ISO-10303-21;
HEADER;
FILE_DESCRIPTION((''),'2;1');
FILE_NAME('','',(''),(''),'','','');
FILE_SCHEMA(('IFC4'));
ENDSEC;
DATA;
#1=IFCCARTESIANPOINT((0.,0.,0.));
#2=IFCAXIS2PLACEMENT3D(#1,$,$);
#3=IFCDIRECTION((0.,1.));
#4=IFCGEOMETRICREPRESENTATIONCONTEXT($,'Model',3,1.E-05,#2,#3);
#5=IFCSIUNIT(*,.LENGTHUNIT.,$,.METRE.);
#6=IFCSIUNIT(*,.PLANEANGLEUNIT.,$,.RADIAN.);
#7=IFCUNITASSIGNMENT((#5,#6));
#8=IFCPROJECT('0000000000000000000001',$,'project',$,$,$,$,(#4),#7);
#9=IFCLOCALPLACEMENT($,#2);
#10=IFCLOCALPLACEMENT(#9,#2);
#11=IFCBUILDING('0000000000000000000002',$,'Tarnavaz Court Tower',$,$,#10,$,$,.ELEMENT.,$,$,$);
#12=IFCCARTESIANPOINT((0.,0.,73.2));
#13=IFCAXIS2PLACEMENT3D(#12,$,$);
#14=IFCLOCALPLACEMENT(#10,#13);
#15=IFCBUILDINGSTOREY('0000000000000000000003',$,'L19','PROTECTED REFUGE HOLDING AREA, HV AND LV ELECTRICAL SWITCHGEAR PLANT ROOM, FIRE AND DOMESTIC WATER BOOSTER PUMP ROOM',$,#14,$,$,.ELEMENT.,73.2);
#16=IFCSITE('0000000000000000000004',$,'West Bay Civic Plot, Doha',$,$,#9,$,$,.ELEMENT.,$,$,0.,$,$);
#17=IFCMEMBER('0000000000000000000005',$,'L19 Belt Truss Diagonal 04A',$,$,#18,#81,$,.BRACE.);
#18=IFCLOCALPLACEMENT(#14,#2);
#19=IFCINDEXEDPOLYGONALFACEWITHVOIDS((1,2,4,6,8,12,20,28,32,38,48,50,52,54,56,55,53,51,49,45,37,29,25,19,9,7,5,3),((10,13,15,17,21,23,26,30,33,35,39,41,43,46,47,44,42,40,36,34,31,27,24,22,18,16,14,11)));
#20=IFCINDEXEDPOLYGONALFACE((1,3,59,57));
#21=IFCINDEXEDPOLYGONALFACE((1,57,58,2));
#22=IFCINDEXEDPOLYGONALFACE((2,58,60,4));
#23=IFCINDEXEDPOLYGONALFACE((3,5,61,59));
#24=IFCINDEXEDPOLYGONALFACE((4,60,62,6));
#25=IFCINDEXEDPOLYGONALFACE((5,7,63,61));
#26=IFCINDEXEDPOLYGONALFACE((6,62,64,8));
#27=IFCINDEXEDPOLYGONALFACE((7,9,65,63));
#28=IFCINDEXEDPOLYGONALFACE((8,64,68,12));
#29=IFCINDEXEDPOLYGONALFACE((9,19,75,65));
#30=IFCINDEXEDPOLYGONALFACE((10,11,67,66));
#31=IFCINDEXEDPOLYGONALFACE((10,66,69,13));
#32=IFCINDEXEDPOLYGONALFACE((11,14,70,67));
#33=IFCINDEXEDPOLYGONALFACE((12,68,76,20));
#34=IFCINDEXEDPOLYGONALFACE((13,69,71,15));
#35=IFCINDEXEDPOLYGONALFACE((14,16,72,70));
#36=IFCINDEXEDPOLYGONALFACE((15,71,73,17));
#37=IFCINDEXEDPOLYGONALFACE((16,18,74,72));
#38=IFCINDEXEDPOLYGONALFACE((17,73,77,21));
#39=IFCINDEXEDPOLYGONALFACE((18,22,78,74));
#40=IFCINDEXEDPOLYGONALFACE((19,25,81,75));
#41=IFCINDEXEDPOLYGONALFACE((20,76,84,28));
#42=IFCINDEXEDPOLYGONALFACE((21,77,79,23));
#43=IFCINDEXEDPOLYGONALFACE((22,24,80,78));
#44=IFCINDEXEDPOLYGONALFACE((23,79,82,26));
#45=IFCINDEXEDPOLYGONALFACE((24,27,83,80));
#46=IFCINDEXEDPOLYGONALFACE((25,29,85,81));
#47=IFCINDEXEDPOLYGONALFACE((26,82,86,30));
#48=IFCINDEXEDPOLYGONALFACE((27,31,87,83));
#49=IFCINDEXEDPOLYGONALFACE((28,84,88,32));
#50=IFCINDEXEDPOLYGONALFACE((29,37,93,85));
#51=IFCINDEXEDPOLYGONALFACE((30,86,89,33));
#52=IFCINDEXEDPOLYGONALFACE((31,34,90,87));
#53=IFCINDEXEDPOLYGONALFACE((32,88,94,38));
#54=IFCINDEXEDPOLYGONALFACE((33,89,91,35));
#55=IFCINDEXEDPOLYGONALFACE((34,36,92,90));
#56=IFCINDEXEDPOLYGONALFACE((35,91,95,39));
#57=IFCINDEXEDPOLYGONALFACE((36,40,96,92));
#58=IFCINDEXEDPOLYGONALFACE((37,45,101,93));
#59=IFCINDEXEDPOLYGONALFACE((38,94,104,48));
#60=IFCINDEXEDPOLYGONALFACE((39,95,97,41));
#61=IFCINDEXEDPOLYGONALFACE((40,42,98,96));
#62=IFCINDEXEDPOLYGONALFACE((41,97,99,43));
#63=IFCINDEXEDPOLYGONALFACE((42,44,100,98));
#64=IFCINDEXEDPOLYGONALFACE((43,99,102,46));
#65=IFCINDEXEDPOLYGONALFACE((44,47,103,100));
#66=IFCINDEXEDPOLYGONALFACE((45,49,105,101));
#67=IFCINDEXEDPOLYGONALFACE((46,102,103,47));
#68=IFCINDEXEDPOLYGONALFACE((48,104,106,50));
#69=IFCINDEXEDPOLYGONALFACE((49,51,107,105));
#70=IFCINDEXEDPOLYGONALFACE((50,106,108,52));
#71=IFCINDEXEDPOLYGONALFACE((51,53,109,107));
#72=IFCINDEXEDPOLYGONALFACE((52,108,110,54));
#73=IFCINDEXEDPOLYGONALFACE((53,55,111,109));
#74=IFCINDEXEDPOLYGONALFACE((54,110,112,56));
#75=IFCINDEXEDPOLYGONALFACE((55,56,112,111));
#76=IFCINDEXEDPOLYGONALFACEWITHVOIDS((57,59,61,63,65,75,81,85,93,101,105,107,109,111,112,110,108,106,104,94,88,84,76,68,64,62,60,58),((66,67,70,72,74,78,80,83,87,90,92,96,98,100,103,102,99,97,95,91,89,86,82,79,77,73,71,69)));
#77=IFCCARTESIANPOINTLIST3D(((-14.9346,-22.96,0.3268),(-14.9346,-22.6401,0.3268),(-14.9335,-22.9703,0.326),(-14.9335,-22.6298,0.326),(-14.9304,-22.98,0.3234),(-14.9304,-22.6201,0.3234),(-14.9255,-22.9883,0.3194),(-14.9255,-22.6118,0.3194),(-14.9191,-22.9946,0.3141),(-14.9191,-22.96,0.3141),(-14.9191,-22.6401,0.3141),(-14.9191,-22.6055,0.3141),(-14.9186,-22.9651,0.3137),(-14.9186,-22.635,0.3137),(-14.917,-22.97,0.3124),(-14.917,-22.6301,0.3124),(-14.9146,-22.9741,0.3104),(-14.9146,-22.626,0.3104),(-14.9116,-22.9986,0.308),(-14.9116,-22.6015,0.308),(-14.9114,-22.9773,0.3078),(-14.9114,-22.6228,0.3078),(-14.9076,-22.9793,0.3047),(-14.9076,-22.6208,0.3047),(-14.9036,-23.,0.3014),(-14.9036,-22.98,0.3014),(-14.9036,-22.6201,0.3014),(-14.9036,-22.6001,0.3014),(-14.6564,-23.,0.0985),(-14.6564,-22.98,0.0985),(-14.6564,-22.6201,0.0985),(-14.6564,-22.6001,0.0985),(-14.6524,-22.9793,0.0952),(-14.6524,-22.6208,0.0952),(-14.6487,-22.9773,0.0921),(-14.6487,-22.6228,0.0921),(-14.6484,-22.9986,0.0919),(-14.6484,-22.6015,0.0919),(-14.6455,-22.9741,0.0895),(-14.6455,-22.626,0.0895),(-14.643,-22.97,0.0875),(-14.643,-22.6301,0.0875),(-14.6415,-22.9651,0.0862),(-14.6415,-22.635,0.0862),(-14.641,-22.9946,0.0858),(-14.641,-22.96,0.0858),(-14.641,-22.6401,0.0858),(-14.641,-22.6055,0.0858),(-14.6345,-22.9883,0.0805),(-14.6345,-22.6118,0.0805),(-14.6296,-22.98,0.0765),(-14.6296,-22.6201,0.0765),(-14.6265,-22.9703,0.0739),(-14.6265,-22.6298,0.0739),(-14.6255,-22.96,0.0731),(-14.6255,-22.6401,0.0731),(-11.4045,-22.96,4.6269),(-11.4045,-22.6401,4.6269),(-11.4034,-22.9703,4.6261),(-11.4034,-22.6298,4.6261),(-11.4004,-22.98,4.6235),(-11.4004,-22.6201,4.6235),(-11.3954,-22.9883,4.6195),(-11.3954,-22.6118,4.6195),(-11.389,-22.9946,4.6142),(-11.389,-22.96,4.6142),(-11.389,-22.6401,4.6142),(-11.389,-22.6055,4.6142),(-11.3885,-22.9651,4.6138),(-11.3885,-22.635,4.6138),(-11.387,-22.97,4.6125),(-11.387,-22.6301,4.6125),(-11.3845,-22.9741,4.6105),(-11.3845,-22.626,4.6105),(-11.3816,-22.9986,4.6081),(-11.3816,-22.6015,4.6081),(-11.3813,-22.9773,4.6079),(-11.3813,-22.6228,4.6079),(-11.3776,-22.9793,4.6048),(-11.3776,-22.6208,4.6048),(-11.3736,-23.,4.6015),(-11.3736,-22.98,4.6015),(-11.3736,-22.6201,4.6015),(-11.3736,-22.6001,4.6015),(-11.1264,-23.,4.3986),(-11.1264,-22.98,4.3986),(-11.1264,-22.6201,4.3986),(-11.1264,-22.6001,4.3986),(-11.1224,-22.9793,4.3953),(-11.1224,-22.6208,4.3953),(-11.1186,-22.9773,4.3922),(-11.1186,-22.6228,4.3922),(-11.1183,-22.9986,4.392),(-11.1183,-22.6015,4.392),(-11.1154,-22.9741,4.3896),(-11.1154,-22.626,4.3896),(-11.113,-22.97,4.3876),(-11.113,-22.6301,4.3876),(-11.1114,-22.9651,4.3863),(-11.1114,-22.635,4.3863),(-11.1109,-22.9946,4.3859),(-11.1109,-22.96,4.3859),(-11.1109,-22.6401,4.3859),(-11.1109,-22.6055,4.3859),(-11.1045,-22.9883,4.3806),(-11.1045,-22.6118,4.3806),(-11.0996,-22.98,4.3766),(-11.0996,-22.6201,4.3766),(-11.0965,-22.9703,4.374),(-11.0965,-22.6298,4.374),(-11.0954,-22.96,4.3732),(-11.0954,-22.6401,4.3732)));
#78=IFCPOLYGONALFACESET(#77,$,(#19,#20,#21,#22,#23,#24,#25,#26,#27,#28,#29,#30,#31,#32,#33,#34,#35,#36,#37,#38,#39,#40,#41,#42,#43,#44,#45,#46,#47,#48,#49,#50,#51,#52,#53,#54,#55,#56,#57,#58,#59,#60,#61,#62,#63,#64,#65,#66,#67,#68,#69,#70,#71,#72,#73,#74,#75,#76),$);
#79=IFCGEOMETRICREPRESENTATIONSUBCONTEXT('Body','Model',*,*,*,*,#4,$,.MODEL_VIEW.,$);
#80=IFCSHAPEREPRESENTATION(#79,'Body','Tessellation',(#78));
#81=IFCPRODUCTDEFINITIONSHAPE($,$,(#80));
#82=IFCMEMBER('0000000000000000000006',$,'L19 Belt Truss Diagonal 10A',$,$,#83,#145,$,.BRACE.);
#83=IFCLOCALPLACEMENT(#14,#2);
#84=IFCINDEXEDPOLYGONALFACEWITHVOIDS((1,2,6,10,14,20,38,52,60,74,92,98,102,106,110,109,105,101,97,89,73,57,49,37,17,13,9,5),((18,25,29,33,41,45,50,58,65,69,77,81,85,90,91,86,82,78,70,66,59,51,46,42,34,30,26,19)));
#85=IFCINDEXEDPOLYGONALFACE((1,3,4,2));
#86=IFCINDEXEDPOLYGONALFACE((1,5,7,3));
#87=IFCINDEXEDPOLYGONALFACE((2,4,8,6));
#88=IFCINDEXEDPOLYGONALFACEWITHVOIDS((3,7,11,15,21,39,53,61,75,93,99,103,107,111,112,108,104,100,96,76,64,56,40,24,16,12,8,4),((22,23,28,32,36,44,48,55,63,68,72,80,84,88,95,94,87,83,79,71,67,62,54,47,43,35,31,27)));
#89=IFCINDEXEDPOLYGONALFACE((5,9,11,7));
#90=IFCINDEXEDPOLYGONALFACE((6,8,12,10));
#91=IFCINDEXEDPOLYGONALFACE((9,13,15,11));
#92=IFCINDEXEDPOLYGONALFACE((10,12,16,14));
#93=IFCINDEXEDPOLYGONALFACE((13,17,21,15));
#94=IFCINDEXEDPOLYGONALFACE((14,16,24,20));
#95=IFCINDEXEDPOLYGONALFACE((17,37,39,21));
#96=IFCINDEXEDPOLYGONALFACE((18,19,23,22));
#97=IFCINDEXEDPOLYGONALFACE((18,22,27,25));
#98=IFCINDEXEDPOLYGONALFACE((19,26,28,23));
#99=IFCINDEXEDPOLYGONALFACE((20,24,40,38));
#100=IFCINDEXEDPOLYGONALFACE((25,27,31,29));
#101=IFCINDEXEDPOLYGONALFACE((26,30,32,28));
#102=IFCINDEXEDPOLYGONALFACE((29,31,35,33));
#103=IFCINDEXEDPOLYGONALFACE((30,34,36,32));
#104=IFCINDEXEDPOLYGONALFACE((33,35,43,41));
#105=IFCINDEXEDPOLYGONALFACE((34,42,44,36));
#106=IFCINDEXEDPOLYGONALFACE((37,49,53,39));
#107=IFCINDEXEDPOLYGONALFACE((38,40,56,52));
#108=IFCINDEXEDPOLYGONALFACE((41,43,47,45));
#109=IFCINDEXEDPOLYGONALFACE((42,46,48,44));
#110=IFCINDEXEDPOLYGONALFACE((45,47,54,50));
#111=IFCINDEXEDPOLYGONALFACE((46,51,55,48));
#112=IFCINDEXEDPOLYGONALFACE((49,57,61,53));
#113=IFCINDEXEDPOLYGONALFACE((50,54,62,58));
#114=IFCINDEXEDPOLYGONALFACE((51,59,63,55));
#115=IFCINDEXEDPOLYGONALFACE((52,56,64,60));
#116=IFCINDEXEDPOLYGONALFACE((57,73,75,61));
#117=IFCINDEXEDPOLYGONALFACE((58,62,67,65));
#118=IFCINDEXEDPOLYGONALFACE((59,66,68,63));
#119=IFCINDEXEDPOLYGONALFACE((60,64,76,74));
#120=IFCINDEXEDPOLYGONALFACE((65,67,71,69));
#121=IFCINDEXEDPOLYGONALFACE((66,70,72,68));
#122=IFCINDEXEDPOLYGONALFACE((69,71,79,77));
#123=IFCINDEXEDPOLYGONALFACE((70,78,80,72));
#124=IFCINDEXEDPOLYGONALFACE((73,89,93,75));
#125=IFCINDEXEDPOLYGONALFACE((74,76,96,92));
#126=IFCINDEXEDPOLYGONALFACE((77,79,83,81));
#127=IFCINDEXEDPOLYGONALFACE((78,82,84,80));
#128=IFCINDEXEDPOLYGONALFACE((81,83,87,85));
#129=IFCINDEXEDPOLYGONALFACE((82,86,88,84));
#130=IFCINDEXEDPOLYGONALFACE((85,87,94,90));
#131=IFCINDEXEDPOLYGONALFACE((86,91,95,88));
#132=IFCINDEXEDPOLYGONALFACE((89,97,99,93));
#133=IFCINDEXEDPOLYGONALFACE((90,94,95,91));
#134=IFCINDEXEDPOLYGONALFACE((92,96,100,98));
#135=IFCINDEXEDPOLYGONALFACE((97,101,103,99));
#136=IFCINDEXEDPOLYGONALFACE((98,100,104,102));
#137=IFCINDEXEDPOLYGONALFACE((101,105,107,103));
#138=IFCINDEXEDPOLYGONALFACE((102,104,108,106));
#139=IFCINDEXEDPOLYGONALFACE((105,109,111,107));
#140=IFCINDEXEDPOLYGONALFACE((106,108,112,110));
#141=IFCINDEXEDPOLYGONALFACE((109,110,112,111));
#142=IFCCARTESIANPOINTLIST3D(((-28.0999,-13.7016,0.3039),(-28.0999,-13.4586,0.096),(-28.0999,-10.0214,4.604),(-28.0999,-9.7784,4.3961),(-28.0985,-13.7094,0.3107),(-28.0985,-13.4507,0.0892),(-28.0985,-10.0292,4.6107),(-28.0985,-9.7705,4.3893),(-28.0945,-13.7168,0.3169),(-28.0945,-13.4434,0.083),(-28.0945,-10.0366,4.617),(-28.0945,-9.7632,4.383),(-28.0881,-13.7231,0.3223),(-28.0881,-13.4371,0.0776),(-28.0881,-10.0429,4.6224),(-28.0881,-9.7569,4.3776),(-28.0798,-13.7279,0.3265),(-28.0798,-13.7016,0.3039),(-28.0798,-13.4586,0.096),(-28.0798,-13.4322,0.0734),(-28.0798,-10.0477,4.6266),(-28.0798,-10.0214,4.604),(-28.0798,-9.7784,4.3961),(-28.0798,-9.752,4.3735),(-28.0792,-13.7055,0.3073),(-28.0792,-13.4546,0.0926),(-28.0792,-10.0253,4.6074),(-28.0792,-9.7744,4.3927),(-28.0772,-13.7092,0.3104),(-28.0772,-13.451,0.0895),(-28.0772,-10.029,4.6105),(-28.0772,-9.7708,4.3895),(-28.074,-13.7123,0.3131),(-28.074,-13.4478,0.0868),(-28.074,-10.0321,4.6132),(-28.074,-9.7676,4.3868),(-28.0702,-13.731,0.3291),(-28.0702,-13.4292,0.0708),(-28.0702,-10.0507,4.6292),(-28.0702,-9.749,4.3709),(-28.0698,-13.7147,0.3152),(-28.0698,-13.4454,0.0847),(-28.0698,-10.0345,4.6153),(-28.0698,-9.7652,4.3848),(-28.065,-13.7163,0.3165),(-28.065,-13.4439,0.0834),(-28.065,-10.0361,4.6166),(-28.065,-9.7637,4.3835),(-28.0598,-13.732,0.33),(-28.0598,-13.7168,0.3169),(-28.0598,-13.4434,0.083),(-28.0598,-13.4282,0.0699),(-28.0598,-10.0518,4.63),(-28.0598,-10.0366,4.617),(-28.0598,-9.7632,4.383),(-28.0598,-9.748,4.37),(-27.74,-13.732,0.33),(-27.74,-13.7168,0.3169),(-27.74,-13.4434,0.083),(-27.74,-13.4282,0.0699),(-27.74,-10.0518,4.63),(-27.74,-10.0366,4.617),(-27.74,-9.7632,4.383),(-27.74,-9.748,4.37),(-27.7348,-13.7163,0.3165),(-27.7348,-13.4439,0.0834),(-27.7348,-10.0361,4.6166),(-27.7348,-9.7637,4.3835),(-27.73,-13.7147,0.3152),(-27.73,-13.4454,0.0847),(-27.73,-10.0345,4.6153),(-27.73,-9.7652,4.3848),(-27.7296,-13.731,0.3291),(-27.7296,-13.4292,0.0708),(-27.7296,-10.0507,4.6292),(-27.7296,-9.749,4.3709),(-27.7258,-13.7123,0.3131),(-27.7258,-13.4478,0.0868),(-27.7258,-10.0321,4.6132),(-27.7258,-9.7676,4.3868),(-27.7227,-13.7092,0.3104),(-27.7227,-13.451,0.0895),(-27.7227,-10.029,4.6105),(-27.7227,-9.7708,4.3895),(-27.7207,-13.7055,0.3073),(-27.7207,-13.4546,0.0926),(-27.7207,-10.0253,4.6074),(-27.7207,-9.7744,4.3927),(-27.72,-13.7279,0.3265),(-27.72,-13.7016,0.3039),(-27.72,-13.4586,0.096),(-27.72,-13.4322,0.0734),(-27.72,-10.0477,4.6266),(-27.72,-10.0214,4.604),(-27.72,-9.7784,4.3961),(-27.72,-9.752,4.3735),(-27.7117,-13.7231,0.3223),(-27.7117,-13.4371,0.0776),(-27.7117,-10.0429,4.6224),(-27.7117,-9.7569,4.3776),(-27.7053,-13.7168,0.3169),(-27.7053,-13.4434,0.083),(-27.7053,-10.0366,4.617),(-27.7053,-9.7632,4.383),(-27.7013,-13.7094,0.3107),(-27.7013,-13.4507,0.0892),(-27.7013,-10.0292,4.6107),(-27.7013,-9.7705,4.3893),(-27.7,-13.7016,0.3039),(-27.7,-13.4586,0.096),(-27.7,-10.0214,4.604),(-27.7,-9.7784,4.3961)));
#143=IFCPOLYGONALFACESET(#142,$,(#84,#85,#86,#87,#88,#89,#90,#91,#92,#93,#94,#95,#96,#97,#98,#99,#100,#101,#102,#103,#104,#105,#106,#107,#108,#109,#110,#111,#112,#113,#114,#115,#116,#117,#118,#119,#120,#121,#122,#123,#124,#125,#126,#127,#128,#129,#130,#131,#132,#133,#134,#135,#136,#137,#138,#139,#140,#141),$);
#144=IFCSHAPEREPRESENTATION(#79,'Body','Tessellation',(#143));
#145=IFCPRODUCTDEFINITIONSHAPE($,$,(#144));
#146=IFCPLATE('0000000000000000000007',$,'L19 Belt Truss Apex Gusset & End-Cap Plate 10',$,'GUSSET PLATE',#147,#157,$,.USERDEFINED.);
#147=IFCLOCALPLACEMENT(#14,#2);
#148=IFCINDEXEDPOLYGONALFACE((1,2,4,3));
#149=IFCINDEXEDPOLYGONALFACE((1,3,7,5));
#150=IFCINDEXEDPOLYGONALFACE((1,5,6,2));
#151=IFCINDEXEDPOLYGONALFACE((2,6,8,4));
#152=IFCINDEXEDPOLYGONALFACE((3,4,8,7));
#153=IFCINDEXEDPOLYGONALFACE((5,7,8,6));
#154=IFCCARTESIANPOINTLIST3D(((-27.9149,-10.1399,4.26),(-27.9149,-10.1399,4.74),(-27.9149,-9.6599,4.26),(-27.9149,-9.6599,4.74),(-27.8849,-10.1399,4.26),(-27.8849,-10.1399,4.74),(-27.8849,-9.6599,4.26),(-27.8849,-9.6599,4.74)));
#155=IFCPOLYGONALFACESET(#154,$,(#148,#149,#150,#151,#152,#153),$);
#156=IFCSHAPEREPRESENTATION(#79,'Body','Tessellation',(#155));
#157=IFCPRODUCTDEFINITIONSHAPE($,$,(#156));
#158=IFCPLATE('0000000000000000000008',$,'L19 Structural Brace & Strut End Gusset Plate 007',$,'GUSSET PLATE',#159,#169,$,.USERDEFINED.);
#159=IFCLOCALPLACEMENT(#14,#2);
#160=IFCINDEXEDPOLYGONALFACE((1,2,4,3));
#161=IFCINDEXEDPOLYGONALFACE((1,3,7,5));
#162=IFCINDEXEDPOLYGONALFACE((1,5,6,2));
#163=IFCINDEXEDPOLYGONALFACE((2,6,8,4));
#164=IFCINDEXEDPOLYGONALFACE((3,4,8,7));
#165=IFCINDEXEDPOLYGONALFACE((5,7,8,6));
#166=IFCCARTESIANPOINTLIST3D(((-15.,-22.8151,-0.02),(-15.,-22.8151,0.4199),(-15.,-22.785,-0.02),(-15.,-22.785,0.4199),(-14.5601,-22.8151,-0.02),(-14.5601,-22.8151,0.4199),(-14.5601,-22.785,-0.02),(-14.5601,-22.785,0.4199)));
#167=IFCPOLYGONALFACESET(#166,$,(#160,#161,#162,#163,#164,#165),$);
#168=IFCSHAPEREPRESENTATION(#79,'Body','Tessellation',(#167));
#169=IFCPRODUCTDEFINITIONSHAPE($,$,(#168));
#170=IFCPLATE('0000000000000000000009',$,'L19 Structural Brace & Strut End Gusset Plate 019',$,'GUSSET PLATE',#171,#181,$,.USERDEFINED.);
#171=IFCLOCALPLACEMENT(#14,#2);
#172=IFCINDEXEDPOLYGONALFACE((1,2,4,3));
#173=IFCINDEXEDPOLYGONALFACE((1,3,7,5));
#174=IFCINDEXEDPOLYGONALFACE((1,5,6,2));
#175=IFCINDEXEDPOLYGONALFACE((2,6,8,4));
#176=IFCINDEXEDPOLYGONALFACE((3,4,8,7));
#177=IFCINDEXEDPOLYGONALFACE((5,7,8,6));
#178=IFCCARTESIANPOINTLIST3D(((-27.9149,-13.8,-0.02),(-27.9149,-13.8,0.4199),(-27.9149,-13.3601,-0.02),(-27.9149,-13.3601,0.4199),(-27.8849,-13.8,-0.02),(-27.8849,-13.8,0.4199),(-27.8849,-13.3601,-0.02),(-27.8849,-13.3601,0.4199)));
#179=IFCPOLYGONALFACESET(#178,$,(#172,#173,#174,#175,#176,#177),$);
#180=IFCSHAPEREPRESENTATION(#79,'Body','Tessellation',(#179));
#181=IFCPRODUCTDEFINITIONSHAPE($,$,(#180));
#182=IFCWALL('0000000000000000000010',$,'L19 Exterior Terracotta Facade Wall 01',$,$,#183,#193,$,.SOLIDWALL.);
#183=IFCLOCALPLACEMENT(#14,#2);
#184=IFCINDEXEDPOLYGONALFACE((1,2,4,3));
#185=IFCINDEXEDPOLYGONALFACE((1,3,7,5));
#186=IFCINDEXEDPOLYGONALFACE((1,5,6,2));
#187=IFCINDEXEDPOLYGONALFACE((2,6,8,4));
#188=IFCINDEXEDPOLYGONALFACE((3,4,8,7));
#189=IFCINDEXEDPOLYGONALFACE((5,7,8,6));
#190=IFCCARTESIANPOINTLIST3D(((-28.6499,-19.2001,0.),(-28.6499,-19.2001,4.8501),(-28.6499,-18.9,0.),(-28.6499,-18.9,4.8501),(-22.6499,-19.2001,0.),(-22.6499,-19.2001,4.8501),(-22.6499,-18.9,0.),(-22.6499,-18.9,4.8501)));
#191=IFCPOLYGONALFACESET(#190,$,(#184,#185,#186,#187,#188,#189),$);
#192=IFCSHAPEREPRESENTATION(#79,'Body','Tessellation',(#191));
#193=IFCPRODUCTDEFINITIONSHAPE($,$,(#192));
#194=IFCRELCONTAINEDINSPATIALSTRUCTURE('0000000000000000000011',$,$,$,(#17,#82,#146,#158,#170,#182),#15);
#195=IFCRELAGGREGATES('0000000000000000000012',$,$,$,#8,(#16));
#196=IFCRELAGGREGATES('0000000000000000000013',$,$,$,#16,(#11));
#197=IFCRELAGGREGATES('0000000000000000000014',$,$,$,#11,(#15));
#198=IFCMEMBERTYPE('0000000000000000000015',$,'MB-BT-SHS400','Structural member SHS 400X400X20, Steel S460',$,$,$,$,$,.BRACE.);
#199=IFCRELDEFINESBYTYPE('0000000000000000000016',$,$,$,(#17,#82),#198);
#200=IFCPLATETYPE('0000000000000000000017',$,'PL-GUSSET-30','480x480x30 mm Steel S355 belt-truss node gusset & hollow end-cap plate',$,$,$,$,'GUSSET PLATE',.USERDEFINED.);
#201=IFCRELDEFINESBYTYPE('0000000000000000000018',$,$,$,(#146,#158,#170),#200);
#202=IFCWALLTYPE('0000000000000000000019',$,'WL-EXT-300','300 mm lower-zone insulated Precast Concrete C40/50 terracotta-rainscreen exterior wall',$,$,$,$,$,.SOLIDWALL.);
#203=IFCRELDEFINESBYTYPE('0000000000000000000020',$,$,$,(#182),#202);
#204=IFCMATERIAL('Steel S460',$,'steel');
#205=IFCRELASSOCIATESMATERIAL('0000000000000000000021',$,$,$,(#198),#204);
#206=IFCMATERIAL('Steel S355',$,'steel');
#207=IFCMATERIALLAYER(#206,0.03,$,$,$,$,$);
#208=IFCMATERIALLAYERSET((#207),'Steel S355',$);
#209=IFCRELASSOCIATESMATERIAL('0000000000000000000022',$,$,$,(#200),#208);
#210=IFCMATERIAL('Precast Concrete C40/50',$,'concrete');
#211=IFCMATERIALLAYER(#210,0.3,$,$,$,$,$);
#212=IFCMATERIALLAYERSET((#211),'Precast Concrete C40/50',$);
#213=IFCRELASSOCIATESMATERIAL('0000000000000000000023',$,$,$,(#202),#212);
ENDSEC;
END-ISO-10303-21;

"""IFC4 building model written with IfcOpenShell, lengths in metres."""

from ifc_helpers import new_model, si_unit, direction, frame, frame_2d, origin, origin_2d, place, context, subcontext, project, spatial, rectangle, hollow_rectangle, extrude, material, layer, layer_set, material_profile, profile_set, type_object, element, save


model = new_model("IFC4")

# Units and contexts
model_context = context("Model", 3, precision=1e-05, world=origin(), true_north=direction((0.0, 1.0)))
body_context = subcontext(model_context, "Body", "Model", "MODEL_VIEW")
ifc_project = project(units=[si_unit("LENGTHUNIT", "METRE"), si_unit("PLANEANGLEUNIT", "RADIAN")], contexts=[model_context])

# Site, building, storey
site_placement = place(None, origin())
site = spatial("IfcSite", under=ifc_project, at=site_placement, Name="West Bay Civic Plot, Doha", CompositionType="ELEMENT", RefElevation=0.0)
building_placement = place(site_placement, origin())
building = spatial("IfcBuilding", under=site, at=building_placement, Name="Tarnavaz Court Tower", CompositionType="ELEMENT")
storey_placement = place(building_placement, frame((0.0, 0.0, 73.2)))
storey = spatial("IfcBuildingStorey", under=building, at=storey_placement, Name="L19", Description="PROTECTED REFUGE HOLDING AREA, HV AND LV ELECTRICAL SWITCHGEAR PLANT ROOM, FIRE AND DOMESTIC WATER BOOSTER PUMP ROOM", CompositionType="ELEMENT", Elevation=73.2)

# Shared definitions
ifc_material_1 = material(Name="Steel S460", Category="steel")

# Shared definitions
ifc_material_2 = material(Name="Steel S355", Category="steel")

# Members
ifc_material_profile_1 = material_profile(ifc_material_1, hollow_rectangle(XDim=0.3999, YDim=0.3999, WallThickness=0.02, InnerFilletRadius=0.02, OuterFilletRadius=0.04, at=origin_2d()), Name="SHS 400X400X20")
ifc_profile_set_1 = profile_set([ifc_material_profile_1], Name="Steel S460")
member_type_1 = type_object("IfcMemberType", Name="MB-BT-SHS400", Description="Structural member SHS 400X400X20, Steel S460", PredefinedType="BRACE", material=ifc_profile_set_1)
member_1_placement = place(storey_placement, frame((-14.78, -22.8, 0.2), z_axis=(0.634508, 0.0, 0.772916), x_axis=(0.0, 1.0, 0.0)))
element("IfcMember", 1, at=member_1_placement, inside=storey, type_object=member_type_1, Name="L19 Belt Truss Diagonal 04A", PredefinedType="BRACE", context=body_context, shape_type="SweptSolid", body=[
    extrude(hollow_rectangle(XDim=0.3999, YDim=0.3999, WallThickness=0.02, InnerFilletRadius=0.02, OuterFilletRadius=0.04, at=origin_2d()), origin(), (0.0, 0.0, 1.0), 5.5635),
])
member_2_placement = place(storey_placement, frame((-27.8999, -13.5801, 0.2), z_axis=(0.0, 0.650223, 0.759744), x_axis=(-1.0, 0.0, 0.0)))
element("IfcMember", 2, at=member_2_placement, inside=storey, type_object=member_type_1, Name="L19 Belt Truss Diagonal 10A", PredefinedType="BRACE", context=body_context, shape_type="SweptSolid", body=[
    extrude(hollow_rectangle(XDim=0.3999, YDim=0.3999, WallThickness=0.02, InnerFilletRadius=0.02, OuterFilletRadius=0.04, at=origin_2d()), origin(), (0.0, 0.0, 1.0), 5.6599),
])

# Plates
ifc_layer_1 = layer(ifc_material_2, 0.03)
ifc_layer_set_1 = layer_set([ifc_layer_1], Name="Steel S355")
plate_type = type_object("IfcPlateType", Name="PL-GUSSET-30", Description="480x480x30 mm Steel S355 belt-truss node gusset & hollow end-cap plate", ElementType="GUSSET PLATE", PredefinedType="USERDEFINED", material=ifc_layer_set_1)
plate_placement = place(storey_placement, frame((-27.8999, -9.8999, 4.26), z_axis=(0.0, 0.0, 1.0), x_axis=(0.0, 1.0, 0.0)))
element("IfcPlate", 3, at=plate_placement, inside=storey, type_object=plate_type, Name="L19 Belt Truss Apex Gusset & End-Cap Plate 10", ObjectType="GUSSET PLATE", PredefinedType="USERDEFINED", context=body_context, shape_type="SweptSolid", body=[
    extrude(rectangle(XDim=0.48, YDim=0.03, at=origin_2d()), origin(), (0.0, 0.0, 1.0), 0.48),
])
for number, where, z_axis, x_axis, name in (
    (4, (-14.78, -22.8, -0.02), (0.0, 0.0, 1.0), (1.0, 0.0, 0.0), "L19 Structural Brace & Strut End Gusset Plate 007"),
    (5, (-27.8999, -13.5801, -0.02), (0.0, 0.0, 1.0), (0.0, 1.0, 0.0), "L19 Structural Brace & Strut End Gusset Plate 019"),
):
    element("IfcPlate", number, at=place(storey_placement, frame(where, z_axis=z_axis, x_axis=x_axis)), inside=storey, type_object=plate_type, Name=name, ObjectType="GUSSET PLATE", PredefinedType="USERDEFINED", context=body_context, shape_type="SweptSolid", body=[
        extrude(rectangle(XDim=0.4399, YDim=0.03, at=origin_2d()), origin(), (0.0, 0.0, 1.0), 0.4399),
    ])

# Wall
ifc_material_3 = material(Name="Precast Concrete C40/50", Category="concrete")
ifc_layer_2 = layer(ifc_material_3, 0.3)
ifc_layer_set_2 = layer_set([ifc_layer_2], Name="Precast Concrete C40/50")
wall_type_1 = type_object("IfcWallType", Name="WL-EXT-300", Description="300 mm lower-zone insulated Precast Concrete C40/50 terracotta-rainscreen exterior wall", PredefinedType="SOLIDWALL", material=ifc_layer_set_2)
wall_1_placement = place(storey_placement, frame((-22.6499, -19.05, 0.0), z_axis=(0.0, 0.0, 1.0), x_axis=(-1.0, 0.0, 0.0)))
element("IfcWall", 6, at=wall_1_placement, inside=storey, type_object=wall_type_1, Name="L19 Exterior Terracotta Facade Wall 01", PredefinedType="SOLIDWALL", context=body_context, shape_type="SweptSolid", body=[
    extrude(rectangle(XDim=6.0, YDim=0.3, at=frame_2d((3.0, 0.0))), origin(), (0.0, 0.0, 1.0), 4.8501),
])

save(model, "model.ifc")
